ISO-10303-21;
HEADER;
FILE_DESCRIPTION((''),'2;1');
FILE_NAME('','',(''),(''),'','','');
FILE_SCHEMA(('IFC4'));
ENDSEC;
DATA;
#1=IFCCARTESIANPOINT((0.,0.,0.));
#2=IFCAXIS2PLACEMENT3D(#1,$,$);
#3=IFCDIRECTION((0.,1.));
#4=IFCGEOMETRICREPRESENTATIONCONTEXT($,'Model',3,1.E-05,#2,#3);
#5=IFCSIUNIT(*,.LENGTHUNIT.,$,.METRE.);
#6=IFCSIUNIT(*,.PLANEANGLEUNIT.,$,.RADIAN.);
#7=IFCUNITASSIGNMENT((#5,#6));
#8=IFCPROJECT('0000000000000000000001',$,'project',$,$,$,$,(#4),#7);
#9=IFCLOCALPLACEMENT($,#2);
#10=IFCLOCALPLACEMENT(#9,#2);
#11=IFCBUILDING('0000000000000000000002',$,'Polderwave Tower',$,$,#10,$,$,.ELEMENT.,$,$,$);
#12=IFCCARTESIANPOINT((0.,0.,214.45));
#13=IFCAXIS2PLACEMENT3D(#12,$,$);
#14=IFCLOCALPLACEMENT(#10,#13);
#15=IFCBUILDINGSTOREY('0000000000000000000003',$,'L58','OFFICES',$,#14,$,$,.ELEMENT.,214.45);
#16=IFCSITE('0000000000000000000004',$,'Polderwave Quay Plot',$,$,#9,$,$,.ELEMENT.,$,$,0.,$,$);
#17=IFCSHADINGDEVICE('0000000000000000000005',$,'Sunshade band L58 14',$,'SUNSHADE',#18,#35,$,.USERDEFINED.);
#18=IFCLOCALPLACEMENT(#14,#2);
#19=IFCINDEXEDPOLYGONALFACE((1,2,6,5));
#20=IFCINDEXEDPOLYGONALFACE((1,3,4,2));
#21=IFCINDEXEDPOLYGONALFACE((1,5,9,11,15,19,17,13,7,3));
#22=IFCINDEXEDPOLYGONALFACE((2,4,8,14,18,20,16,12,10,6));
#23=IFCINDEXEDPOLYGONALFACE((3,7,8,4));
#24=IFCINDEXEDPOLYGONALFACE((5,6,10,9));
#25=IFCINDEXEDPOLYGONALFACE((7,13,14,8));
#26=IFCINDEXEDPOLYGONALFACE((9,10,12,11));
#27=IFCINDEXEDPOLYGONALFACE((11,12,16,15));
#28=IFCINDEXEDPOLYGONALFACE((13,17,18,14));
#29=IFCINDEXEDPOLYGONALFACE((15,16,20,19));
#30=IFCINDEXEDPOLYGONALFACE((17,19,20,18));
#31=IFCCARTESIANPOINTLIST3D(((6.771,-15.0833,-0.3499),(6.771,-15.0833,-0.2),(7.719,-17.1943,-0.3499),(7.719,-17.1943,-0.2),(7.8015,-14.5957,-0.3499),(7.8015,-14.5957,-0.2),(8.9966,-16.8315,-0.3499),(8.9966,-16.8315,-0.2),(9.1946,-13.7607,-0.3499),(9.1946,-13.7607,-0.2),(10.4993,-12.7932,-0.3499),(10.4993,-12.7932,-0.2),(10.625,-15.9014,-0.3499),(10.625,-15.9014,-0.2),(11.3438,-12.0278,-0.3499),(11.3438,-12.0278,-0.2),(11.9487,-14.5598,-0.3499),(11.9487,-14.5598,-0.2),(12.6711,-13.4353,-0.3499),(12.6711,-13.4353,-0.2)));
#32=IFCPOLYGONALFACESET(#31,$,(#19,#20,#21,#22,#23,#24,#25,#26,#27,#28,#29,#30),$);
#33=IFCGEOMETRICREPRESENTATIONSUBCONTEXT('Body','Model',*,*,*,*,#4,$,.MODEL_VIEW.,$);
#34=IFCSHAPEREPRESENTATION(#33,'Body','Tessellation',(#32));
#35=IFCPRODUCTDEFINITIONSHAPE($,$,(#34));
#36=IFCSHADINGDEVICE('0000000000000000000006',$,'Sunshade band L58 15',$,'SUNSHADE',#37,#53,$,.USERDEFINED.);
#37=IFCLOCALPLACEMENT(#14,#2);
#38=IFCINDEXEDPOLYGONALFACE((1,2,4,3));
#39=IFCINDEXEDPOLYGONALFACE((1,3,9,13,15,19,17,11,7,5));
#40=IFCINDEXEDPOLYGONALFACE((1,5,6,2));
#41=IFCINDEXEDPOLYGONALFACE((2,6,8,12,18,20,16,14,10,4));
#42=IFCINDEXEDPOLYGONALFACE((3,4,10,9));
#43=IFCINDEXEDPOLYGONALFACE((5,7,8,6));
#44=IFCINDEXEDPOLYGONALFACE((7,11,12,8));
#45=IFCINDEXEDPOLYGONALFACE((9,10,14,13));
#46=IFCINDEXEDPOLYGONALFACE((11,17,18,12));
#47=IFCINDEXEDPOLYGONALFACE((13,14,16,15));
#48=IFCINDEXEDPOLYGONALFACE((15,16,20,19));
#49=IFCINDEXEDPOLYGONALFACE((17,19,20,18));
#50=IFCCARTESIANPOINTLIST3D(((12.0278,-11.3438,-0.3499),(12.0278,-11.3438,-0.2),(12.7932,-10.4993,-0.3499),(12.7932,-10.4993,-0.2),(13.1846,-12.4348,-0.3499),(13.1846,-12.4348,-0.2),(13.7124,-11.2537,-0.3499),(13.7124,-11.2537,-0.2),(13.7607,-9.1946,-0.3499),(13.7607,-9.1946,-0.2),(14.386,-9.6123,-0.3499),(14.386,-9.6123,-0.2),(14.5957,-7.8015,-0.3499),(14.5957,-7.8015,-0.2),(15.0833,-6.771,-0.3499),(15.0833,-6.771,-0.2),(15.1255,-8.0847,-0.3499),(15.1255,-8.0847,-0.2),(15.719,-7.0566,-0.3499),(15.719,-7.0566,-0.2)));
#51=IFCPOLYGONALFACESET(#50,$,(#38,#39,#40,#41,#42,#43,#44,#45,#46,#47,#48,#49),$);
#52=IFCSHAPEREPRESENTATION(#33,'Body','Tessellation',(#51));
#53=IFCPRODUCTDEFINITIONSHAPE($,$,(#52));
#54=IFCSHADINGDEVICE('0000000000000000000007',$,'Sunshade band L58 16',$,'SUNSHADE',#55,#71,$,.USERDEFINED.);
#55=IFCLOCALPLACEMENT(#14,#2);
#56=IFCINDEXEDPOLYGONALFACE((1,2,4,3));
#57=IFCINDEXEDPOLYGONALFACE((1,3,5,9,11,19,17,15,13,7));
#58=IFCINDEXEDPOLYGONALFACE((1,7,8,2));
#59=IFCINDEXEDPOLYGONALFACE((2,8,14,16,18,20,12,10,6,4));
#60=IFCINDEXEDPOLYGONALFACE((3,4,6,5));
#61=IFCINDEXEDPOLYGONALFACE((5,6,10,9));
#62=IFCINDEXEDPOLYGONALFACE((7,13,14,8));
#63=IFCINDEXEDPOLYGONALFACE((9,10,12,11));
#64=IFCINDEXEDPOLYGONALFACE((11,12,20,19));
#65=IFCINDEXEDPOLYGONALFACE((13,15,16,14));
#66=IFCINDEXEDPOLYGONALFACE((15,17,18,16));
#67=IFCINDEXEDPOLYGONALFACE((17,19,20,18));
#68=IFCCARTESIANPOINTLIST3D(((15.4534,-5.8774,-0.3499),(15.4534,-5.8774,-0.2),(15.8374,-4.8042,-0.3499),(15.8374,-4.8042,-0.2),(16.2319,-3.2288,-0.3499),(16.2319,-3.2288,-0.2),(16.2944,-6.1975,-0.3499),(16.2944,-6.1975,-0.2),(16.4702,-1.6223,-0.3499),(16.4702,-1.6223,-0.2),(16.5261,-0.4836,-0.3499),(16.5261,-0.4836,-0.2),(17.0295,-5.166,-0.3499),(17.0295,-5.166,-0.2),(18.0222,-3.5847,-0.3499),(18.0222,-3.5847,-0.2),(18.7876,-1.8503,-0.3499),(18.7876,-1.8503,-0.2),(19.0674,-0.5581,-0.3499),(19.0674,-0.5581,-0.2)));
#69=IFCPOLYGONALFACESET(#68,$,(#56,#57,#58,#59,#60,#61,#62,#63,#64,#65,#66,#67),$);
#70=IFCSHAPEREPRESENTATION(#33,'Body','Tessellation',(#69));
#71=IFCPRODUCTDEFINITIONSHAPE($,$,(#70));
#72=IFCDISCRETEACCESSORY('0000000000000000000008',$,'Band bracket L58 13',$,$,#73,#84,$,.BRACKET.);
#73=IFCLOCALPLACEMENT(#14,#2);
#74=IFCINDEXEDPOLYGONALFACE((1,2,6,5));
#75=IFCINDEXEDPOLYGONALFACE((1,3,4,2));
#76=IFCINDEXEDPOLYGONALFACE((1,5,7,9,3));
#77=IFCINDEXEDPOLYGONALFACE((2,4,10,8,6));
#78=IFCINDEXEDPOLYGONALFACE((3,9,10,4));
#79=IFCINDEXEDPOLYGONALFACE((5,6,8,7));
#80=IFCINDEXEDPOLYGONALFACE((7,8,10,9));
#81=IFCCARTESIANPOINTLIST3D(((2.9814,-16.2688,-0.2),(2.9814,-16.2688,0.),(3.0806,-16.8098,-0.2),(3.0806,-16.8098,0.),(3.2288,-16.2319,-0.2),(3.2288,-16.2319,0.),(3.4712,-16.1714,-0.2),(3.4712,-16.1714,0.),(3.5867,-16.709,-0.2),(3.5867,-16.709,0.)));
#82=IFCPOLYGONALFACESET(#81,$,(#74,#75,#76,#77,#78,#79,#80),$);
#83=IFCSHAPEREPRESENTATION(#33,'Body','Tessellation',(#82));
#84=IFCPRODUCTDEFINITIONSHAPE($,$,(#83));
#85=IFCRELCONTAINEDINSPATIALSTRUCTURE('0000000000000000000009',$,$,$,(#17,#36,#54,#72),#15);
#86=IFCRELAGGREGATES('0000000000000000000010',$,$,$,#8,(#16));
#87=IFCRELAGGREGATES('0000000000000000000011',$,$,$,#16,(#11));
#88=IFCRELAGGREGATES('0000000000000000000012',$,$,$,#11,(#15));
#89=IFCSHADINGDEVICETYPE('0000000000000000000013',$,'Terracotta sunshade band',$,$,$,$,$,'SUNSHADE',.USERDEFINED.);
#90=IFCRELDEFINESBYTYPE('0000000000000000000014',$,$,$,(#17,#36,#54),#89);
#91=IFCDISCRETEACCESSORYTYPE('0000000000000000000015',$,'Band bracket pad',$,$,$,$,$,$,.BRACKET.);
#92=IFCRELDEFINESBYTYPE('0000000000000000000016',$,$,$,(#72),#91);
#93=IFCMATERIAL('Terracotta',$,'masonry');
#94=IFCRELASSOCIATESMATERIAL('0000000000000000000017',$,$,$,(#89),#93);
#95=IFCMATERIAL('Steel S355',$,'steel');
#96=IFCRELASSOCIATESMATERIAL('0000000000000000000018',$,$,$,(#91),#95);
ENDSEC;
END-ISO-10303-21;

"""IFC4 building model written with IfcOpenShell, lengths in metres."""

from ifc_helpers import new_model, si_unit, direction, frame, origin, place, context, subcontext, project, spatial, polyline, outline, extrude, material, type_object, element, save


model = new_model("IFC4")

# Units and contexts
model_context = context("Model", 3, precision=1e-05, world=origin(), true_north=direction((0.0, 1.0)))
body_context = subcontext(model_context, "Body", "Model", "MODEL_VIEW")
ifc_project = project(units=[si_unit("LENGTHUNIT", "METRE"), si_unit("PLANEANGLEUNIT", "RADIAN")], contexts=[model_context])

# Site, building, storey
site_placement = place(None, origin())
site = spatial("IfcSite", under=ifc_project, at=site_placement, Name="Polderwave Quay Plot", CompositionType="ELEMENT", RefElevation=0.0)
building_placement = place(site_placement, origin())
building = spatial("IfcBuilding", under=site, at=building_placement, Name="Polderwave Tower", CompositionType="ELEMENT")
storey_placement = place(building_placement, frame((0.0, 0.0, 214.45)))
storey = spatial("IfcBuildingStorey", under=building, at=storey_placement, Name="L58", Description="OFFICES", CompositionType="ELEMENT", Elevation=214.45)

# Shading devices
ifc_material_1 = material(Name="Terracotta", Category="masonry")
shading_device_type = type_object("IfcShadingDeviceType", Name="Terracotta sunshade band", ElementType="SUNSHADE", PredefinedType="USERDEFINED", material=ifc_material_1)
shading_device_1_placement = place(storey_placement, frame((0.0, 0.0, -0.3499)))
element("IfcShadingDevice", 1, at=shading_device_1_placement, inside=storey, type_object=shading_device_type, Name="Sunshade band L58 14", ObjectType="SUNSHADE", PredefinedType="USERDEFINED", context=body_context, shape_type="SweptSolid", body=[
    extrude(outline(polyline([(6.771, -15.0833), (7.8015, -14.5957), (9.1946, -13.7607), (10.4993, -12.7932), (11.3438, -12.0278), (12.6711, -13.4353), (11.9487, -14.5598), (10.625, -15.9014), (8.9966, -16.8315), (7.719, -17.1943), (6.771, -15.0833)])), origin(), (0.0, 0.0, 1.0), 0.1499),
])
shading_device_2_placement = place(storey_placement, frame((0.0, 0.0, -0.3499)))
element("IfcShadingDevice", 2, at=shading_device_2_placement, inside=storey, type_object=shading_device_type, Name="Sunshade band L58 15", ObjectType="SUNSHADE", PredefinedType="USERDEFINED", context=body_context, shape_type="SweptSolid", body=[
    extrude(outline(polyline([(12.0278, -11.3438), (12.7932, -10.4993), (13.7607, -9.1946), (14.5957, -7.8015), (15.0833, -6.771), (15.719, -7.0566), (15.1255, -8.0847), (14.386, -9.6123), (13.7124, -11.2537), (13.1846, -12.4348), (12.0278, -11.3438)])), origin(), (0.0, 0.0, 1.0), 0.1499),
])
shading_device_3_placement = place(storey_placement, frame((0.0, 0.0, -0.3499)))
element("IfcShadingDevice", 3, at=shading_device_3_placement, inside=storey, type_object=shading_device_type, Name="Sunshade band L58 16", ObjectType="SUNSHADE", PredefinedType="USERDEFINED", context=body_context, shape_type="SweptSolid", body=[
    extrude(outline(polyline([(15.4534, -5.8774), (15.8374, -4.8042), (16.2319, -3.2288), (16.4702, -1.6223), (16.5261, -0.4836), (19.0674, -0.5581), (18.7876, -1.8503), (18.0222, -3.5847), (17.0295, -5.166), (16.2944, -6.1975), (15.4534, -5.8774)])), origin(), (0.0, 0.0, 1.0), 0.1499),
])

# Discrete accessory
ifc_material_2 = material(Name="Steel S355", Category="steel")
discrete_accessory_type = type_object("IfcDiscreteAccessoryType", Name="Band bracket pad", PredefinedType="BRACKET", material=ifc_material_2)
discrete_accessory_placement = place(storey_placement, frame((0.0, 0.0, -0.2)))
element("IfcDiscreteAccessory", 4, at=discrete_accessory_placement, inside=storey, type_object=discrete_accessory_type, Name="Band bracket L58 13", PredefinedType="BRACKET", context=body_context, shape_type="SweptSolid", body=[
    extrude(outline(polyline([(2.9814, -16.2688), (3.2288, -16.2319), (3.4712, -16.1714), (3.5867, -16.709), (3.0806, -16.8098), (2.9814, -16.2688)])), origin(), (0.0, 0.0, 1.0), 0.2),
])

save(model, "model.ifc")
